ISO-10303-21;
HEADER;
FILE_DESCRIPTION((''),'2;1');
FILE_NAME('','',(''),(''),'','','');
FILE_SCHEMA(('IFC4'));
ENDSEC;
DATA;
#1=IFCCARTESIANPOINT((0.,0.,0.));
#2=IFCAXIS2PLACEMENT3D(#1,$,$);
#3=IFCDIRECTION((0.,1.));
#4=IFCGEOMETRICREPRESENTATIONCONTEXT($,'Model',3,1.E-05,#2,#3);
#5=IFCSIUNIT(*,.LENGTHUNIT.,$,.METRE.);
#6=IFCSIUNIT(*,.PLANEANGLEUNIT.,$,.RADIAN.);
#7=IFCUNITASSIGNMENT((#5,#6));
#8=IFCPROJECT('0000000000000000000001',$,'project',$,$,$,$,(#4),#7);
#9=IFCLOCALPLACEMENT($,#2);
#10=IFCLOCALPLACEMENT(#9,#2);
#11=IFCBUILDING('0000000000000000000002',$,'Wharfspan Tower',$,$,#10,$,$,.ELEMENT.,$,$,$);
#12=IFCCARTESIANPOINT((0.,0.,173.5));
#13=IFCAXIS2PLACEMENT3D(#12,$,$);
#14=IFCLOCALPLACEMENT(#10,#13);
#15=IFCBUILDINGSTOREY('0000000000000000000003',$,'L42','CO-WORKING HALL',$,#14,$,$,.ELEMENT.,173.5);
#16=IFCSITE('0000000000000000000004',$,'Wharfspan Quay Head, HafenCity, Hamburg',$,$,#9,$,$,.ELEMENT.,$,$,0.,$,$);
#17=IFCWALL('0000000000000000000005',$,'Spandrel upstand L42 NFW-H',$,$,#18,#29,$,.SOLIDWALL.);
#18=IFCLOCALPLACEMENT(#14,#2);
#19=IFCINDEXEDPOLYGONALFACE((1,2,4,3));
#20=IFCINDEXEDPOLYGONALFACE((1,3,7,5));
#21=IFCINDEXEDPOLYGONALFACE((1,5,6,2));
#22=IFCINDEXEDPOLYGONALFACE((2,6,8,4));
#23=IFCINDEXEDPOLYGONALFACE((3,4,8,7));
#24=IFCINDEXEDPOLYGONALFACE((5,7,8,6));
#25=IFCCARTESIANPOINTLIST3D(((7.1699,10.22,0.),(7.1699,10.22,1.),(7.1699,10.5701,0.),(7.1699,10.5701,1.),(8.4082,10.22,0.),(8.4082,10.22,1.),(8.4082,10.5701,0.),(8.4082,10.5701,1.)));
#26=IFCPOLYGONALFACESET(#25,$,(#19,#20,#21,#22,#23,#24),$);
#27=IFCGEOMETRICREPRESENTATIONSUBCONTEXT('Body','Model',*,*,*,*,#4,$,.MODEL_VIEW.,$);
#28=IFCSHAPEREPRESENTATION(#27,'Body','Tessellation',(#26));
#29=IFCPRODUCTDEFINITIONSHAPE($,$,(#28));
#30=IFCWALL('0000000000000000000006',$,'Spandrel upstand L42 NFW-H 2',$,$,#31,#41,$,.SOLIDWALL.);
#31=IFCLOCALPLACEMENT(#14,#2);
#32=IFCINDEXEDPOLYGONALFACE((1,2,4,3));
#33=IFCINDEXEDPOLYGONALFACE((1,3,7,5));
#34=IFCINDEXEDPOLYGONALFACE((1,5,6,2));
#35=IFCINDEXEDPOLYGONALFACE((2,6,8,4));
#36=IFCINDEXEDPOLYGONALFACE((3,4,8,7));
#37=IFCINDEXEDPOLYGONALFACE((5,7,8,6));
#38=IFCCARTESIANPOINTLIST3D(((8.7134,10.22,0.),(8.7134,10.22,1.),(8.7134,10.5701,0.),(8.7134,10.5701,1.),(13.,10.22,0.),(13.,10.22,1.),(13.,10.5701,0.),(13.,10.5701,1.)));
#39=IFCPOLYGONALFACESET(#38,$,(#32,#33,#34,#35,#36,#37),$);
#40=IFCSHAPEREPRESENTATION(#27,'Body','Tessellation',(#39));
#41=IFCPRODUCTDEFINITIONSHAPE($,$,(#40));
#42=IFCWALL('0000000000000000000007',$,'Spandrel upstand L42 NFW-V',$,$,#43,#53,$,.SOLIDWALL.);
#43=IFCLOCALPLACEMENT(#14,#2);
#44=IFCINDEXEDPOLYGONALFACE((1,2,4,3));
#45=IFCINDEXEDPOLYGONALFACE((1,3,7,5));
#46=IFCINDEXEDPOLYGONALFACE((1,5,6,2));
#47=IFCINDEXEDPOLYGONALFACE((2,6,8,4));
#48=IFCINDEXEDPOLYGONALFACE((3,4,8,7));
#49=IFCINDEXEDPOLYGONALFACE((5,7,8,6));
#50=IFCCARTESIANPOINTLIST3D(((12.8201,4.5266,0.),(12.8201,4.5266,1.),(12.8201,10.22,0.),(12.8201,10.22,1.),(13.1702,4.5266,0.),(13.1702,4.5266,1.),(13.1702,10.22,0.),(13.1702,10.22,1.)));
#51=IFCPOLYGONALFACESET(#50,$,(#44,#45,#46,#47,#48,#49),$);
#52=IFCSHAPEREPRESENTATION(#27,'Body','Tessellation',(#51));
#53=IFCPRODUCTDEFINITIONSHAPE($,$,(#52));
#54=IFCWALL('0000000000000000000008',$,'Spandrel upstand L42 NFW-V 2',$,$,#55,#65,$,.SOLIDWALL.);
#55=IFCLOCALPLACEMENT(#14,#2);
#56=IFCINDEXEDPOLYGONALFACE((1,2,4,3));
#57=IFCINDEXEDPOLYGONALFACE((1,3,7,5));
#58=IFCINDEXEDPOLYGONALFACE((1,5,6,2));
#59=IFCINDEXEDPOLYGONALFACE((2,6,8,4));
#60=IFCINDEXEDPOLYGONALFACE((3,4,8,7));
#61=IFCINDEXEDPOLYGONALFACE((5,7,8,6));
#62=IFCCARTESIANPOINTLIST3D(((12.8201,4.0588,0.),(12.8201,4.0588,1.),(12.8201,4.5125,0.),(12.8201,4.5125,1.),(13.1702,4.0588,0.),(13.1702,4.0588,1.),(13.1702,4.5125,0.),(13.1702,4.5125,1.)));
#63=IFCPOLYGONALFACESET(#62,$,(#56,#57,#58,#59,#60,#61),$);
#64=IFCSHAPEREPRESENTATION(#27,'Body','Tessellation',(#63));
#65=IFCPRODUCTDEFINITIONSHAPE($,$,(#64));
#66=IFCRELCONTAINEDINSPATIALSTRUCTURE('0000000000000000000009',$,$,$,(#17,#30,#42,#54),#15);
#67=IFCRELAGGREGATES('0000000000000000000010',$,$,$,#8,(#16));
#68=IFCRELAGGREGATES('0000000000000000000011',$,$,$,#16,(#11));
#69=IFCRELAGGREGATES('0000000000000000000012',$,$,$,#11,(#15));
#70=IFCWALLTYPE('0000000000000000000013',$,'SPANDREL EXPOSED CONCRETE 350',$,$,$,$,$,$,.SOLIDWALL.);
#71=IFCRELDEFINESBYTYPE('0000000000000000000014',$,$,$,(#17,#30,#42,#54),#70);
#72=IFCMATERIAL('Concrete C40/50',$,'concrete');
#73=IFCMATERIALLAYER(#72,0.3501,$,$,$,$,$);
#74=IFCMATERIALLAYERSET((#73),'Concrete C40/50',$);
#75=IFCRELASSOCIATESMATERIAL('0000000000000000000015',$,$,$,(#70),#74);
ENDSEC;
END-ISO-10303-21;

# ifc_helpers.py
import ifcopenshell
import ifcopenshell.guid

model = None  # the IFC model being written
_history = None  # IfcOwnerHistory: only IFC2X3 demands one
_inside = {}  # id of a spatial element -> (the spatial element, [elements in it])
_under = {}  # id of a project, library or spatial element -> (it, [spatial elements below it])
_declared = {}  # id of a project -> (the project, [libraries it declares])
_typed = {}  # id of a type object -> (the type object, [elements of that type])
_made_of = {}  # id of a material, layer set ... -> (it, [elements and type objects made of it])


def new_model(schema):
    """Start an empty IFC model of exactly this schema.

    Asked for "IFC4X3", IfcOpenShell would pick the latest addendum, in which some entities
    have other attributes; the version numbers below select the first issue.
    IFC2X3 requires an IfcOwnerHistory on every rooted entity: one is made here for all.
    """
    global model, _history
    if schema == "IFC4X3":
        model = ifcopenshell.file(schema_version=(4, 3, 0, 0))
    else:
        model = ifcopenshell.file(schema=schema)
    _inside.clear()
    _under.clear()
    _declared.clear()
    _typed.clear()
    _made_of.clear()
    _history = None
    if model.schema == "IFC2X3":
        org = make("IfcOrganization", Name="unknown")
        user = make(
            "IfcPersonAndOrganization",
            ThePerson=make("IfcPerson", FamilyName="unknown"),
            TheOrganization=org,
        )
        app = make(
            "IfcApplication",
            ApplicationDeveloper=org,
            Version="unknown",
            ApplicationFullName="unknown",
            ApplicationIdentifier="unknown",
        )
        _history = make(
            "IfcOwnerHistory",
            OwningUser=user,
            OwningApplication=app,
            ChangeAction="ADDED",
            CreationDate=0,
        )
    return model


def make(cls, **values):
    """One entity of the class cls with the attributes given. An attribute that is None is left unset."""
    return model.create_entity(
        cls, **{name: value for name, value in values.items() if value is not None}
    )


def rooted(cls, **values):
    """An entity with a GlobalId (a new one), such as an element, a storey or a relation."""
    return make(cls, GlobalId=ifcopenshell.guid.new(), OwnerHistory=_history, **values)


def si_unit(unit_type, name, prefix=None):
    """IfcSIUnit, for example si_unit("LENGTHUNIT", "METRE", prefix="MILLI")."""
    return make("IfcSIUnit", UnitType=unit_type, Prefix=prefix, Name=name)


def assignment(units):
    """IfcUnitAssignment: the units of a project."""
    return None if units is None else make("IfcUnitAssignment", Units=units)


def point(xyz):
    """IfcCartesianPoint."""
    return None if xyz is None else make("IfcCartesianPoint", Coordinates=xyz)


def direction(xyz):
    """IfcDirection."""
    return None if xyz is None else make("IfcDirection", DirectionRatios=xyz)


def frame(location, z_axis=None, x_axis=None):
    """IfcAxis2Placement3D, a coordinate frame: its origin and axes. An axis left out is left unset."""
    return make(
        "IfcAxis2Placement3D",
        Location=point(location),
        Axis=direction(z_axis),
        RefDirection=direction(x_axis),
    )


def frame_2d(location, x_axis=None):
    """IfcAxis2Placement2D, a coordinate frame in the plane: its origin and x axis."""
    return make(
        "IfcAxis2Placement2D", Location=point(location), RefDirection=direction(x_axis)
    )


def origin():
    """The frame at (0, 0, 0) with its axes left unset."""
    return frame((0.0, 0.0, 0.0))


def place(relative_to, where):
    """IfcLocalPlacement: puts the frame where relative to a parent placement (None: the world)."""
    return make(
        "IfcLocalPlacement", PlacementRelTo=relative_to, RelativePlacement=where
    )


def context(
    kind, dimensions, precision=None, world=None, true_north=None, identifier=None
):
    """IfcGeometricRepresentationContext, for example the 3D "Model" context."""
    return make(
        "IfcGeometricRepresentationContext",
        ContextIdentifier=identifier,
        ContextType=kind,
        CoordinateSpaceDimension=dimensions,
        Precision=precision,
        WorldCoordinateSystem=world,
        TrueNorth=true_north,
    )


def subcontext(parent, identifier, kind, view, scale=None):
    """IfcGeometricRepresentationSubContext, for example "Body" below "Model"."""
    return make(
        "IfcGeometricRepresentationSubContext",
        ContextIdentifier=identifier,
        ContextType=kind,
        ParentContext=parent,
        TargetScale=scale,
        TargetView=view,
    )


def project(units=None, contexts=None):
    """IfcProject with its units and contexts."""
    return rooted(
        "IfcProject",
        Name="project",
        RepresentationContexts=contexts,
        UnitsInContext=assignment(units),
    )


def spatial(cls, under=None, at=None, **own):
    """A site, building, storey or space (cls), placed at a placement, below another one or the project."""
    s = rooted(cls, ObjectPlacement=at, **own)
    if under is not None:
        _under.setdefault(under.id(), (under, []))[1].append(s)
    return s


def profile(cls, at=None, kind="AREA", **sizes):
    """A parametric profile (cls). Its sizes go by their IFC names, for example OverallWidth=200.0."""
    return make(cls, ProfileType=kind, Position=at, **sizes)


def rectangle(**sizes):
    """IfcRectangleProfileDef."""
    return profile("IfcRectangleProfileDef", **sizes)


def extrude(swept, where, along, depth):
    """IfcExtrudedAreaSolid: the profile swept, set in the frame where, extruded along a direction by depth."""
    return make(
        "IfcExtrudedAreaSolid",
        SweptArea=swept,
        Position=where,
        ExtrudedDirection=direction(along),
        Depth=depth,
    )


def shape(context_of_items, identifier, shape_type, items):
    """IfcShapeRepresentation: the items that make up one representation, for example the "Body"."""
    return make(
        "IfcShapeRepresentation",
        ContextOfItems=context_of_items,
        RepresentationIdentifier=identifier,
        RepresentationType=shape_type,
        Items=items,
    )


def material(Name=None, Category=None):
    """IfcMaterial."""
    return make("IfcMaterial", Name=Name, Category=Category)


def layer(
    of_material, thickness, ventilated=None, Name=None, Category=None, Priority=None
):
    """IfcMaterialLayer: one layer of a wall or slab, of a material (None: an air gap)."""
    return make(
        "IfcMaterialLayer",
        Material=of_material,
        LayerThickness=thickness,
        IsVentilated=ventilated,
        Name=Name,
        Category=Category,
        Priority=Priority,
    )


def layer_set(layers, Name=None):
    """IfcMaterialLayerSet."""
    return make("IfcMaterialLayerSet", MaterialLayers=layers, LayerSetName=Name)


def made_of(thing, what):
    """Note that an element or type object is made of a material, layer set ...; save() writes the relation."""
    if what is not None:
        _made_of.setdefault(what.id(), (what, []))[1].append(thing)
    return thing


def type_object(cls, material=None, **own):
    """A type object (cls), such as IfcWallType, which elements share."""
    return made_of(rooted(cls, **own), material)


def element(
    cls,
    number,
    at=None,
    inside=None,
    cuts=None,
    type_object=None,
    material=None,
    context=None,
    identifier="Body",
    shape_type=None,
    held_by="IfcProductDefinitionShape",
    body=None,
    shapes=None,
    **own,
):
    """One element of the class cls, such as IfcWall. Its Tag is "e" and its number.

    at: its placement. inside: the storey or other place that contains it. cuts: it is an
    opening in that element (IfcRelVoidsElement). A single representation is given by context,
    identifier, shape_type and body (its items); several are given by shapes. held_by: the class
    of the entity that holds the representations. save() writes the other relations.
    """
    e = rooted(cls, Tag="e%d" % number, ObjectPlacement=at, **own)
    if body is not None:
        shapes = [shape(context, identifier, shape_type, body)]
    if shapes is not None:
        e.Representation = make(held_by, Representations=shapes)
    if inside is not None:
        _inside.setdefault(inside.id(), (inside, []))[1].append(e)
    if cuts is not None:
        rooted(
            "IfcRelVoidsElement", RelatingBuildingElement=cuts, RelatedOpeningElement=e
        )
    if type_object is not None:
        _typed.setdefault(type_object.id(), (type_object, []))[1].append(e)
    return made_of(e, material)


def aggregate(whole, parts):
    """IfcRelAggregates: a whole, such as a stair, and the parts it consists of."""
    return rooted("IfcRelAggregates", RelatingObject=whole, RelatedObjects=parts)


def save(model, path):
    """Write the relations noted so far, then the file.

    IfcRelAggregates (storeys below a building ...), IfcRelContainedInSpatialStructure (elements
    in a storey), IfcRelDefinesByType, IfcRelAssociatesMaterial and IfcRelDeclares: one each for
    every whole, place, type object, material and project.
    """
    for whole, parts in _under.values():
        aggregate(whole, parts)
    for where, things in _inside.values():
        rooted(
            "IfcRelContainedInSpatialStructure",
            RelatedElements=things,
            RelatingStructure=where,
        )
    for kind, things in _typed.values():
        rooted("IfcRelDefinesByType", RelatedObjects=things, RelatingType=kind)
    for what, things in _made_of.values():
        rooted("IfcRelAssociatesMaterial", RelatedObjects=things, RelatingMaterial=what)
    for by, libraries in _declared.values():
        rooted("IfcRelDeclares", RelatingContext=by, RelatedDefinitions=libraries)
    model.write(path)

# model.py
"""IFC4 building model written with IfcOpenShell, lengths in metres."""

from ifc_helpers import new_model, si_unit, direction, frame, frame_2d, origin, place, context, subcontext, project, spatial, rectangle, extrude, material, layer, layer_set, type_object, element, save


model = new_model("IFC4")

# Units and contexts
model_context = context("Model", 3, precision=1e-05, world=origin(), true_north=direction((0.0, 1.0)))
body_context = subcontext(model_context, "Body", "Model", "MODEL_VIEW")
ifc_project = project(units=[si_unit("LENGTHUNIT", "METRE"), si_unit("PLANEANGLEUNIT", "RADIAN")], contexts=[model_context])

# Site, building, storey
site_placement = place(None, origin())
site = spatial("IfcSite", under=ifc_project, at=site_placement, Name="Wharfspan Quay Head, HafenCity, Hamburg", CompositionType="ELEMENT", RefElevation=0.0)
building_placement = place(site_placement, origin())
building = spatial("IfcBuilding", under=site, at=building_placement, Name="Wharfspan Tower", CompositionType="ELEMENT")
storey_placement = place(building_placement, frame((0.0, 0.0, 173.5)))
storey = spatial("IfcBuildingStorey", under=building, at=storey_placement, Name="L42", Description="CO-WORKING HALL", CompositionType="ELEMENT", Elevation=173.5)

# Walls
ifc_material_1 = material(Name="Concrete C40/50", Category="concrete")
ifc_layer_1 = layer(ifc_material_1, 0.3501)
ifc_layer_set_1 = layer_set([ifc_layer_1], Name="Concrete C40/50")
wall_type_1 = type_object("IfcWallType", Name="SPANDREL EXPOSED CONCRETE 350", PredefinedType="SOLIDWALL", material=ifc_layer_set_1)
wall_1_placement = place(storey_placement, frame((7.1699, 10.395, 0.0), z_axis=(0.0, 0.0, 1.0), x_axis=(1.0, 0.0, 0.0)))
element("IfcWall", 1, at=wall_1_placement, inside=storey, type_object=wall_type_1, Name="Spandrel upstand L42 NFW-H", PredefinedType="SOLIDWALL", context=body_context, shape_type="SweptSolid", body=[
    extrude(rectangle(XDim=1.2383, YDim=0.3501, at=frame_2d((0.6191, 0.0))), origin(), (0.0, 0.0, 1.0), 1.0),
])
wall_2_placement = place(storey_placement, frame((8.7134, 10.395, 0.0), z_axis=(0.0, 0.0, 1.0), x_axis=(1.0, 0.0, 0.0)))
element("IfcWall", 2, at=wall_2_placement, inside=storey, type_object=wall_type_1, Name="Spandrel upstand L42 NFW-H 2", PredefinedType="SOLIDWALL", context=body_context, shape_type="SweptSolid", body=[
    extrude(rectangle(XDim=4.2866, YDim=0.3501, at=frame_2d((2.1433, 0.0))), origin(), (0.0, 0.0, 1.0), 1.0),
])
wall_3_placement = place(storey_placement, frame((12.9951, 10.22, 0.0), z_axis=(0.0, 0.0, 1.0), x_axis=(0.0, -1.0, 0.0)))
element("IfcWall", 3, at=wall_3_placement, inside=storey, type_object=wall_type_1, Name="Spandrel upstand L42 NFW-V", PredefinedType="SOLIDWALL", context=body_context, shape_type="SweptSolid", body=[
    extrude(rectangle(XDim=5.6934, YDim=0.3501, at=frame_2d((2.8467, 0.0))), origin(), (0.0, 0.0, 1.0), 1.0),
])
wall_4_placement = place(storey_placement, frame((12.9951, 4.5125, 0.0), z_axis=(0.0, 0.0, 1.0), x_axis=(0.0, -1.0, 0.0)))
element("IfcWall", 4, at=wall_4_placement, inside=storey, type_object=wall_type_1, Name="Spandrel upstand L42 NFW-V 2", PredefinedType="SOLIDWALL", context=body_context, shape_type="SweptSolid", body=[
    extrude(rectangle(XDim=0.4536, YDim=0.3501, at=frame_2d((0.2268, 0.0))), origin(), (0.0, 0.0, 1.0), 1.0),
])

save(model, "model.ifc")
